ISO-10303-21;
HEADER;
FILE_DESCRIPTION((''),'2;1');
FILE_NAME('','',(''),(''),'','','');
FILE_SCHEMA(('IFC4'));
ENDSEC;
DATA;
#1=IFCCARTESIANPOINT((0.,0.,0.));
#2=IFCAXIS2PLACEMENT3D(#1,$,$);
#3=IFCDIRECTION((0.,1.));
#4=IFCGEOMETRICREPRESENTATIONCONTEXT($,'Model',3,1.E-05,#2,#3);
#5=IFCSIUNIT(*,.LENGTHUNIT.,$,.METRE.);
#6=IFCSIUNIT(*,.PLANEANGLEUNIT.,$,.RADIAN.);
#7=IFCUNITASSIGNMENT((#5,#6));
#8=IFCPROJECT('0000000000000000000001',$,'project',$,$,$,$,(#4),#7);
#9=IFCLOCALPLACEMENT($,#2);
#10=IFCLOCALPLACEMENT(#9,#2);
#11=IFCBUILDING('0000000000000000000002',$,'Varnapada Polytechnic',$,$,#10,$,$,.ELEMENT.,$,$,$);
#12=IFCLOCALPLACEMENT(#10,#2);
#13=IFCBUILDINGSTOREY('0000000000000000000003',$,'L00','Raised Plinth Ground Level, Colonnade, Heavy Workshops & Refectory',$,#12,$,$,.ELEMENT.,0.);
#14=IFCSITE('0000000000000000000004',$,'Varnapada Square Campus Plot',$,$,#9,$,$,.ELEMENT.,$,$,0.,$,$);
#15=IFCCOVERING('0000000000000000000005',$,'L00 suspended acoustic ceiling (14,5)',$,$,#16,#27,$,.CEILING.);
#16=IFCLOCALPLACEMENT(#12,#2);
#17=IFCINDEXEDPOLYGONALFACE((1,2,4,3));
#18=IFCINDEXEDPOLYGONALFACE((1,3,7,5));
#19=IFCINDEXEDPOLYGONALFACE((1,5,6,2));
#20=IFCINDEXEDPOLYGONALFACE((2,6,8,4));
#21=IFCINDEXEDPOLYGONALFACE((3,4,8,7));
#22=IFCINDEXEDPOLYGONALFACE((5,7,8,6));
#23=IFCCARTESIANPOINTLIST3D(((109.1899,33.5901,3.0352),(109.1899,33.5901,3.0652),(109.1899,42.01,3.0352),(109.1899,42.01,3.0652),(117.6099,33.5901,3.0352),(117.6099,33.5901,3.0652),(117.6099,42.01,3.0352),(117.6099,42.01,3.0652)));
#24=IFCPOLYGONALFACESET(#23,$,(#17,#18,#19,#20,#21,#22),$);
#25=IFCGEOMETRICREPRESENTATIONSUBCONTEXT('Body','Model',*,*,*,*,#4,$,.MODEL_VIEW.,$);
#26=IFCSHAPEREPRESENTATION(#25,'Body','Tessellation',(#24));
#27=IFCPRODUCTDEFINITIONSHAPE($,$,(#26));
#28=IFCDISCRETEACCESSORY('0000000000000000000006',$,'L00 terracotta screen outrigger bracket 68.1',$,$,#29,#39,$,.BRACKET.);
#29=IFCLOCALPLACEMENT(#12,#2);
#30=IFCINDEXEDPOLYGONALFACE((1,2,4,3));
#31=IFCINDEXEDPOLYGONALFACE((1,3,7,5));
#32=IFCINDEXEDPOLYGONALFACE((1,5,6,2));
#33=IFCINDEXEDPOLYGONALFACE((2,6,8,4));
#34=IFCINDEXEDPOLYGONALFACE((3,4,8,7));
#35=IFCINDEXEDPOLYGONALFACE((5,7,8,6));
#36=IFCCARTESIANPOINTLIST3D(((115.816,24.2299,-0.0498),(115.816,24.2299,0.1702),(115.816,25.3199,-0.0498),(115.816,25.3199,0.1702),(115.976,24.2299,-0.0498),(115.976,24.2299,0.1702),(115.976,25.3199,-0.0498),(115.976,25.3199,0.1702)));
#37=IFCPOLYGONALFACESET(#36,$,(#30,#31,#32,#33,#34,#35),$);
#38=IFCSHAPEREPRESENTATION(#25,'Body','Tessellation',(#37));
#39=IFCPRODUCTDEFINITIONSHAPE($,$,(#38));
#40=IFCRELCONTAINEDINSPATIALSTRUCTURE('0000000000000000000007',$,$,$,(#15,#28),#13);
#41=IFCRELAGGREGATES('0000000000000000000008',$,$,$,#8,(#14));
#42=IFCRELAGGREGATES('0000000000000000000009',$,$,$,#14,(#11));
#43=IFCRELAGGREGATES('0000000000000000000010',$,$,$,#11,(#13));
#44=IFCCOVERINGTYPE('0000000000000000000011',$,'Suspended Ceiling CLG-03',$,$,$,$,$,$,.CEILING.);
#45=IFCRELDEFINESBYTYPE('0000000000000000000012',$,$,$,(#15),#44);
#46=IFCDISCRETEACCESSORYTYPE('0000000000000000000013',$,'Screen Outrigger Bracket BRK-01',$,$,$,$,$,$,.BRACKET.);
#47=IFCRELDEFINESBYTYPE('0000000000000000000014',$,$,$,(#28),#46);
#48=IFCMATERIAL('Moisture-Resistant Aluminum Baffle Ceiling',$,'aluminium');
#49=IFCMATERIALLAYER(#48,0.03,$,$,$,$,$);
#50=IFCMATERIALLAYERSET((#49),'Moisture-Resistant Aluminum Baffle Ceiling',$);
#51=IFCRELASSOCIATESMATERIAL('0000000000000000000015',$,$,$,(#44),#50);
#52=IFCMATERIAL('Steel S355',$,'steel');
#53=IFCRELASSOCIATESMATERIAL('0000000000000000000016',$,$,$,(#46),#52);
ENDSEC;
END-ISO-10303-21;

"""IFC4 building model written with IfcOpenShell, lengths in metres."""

from ifc_helpers import new_model, si_unit, direction, frame, origin, origin_2d, place, context, subcontext, project, spatial, rectangle, extrude, material, layer, layer_set, type_object, element, save


model = new_model("IFC4")

# Units and contexts
model_context = context("Model", 3, precision=1e-05, world=origin(), true_north=direction((0.0, 1.0)))
body_context = subcontext(model_context, "Body", "Model", "MODEL_VIEW")
ifc_project = project(units=[si_unit("LENGTHUNIT", "METRE"), si_unit("PLANEANGLEUNIT", "RADIAN")], contexts=[model_context])

# Site, building, storey
site_placement = place(None, origin())
site = spatial("IfcSite", under=ifc_project, at=site_placement, Name="Varnapada Square Campus Plot", CompositionType="ELEMENT", RefElevation=0.0)
building_placement = place(site_placement, origin())
building = spatial("IfcBuilding", under=site, at=building_placement, Name="Varnapada Polytechnic", CompositionType="ELEMENT")
storey_placement = place(building_placement, origin())
storey = spatial("IfcBuildingStorey", under=building, at=storey_placement, Name="L00", Description="Raised Plinth Ground Level, Colonnade, Heavy Workshops & Refectory", CompositionType="ELEMENT", Elevation=0.0)

# Covering
ifc_material_1 = material(Name="Moisture-Resistant Aluminum Baffle Ceiling", Category="aluminium")
ifc_layer_1 = layer(ifc_material_1, 0.03)
ifc_layer_set_1 = layer_set([ifc_layer_1], Name="Moisture-Resistant Aluminum Baffle Ceiling")
covering_type = type_object("IfcCoveringType", Name="Suspended Ceiling CLG-03", PredefinedType="CEILING", material=ifc_layer_set_1)
covering_placement = place(storey_placement, frame((113.3999, 37.8, 3.0352), z_axis=(0.0, 0.0, 1.0), x_axis=(1.0, 0.0, 0.0)))
element("IfcCovering", 1, at=covering_placement, inside=storey, type_object=covering_type, Name="L00 suspended acoustic ceiling (14,5)", PredefinedType="CEILING", context=body_context, shape_type="SweptSolid", body=[
    extrude(rectangle(XDim=8.4199, YDim=8.4199, at=origin_2d()), origin(), (0.0, 0.0, 1.0), 0.03),
])

# Discrete accessory
ifc_material_2 = material(Name="Steel S355", Category="steel")
discrete_accessory_type = type_object("IfcDiscreteAccessoryType", Name="Screen Outrigger Bracket BRK-01", PredefinedType="BRACKET", material=ifc_material_2)
discrete_accessory_placement = place(storey_placement, frame((115.896, 24.7749, -0.0498), z_axis=(0.0, 0.0, 1.0), x_axis=(-1.0, 0.0, 0.0)))
element("IfcDiscreteAccessory", 2, at=discrete_accessory_placement, inside=storey, type_object=discrete_accessory_type, Name="L00 terracotta screen outrigger bracket 68.1", PredefinedType="BRACKET", context=body_context, shape_type="SweptSolid", body=[
    extrude(rectangle(XDim=0.1599, YDim=1.0901, at=origin_2d()), origin(), (0.0, 0.0, 1.0), 0.22),
])

save(model, "model.ifc")
